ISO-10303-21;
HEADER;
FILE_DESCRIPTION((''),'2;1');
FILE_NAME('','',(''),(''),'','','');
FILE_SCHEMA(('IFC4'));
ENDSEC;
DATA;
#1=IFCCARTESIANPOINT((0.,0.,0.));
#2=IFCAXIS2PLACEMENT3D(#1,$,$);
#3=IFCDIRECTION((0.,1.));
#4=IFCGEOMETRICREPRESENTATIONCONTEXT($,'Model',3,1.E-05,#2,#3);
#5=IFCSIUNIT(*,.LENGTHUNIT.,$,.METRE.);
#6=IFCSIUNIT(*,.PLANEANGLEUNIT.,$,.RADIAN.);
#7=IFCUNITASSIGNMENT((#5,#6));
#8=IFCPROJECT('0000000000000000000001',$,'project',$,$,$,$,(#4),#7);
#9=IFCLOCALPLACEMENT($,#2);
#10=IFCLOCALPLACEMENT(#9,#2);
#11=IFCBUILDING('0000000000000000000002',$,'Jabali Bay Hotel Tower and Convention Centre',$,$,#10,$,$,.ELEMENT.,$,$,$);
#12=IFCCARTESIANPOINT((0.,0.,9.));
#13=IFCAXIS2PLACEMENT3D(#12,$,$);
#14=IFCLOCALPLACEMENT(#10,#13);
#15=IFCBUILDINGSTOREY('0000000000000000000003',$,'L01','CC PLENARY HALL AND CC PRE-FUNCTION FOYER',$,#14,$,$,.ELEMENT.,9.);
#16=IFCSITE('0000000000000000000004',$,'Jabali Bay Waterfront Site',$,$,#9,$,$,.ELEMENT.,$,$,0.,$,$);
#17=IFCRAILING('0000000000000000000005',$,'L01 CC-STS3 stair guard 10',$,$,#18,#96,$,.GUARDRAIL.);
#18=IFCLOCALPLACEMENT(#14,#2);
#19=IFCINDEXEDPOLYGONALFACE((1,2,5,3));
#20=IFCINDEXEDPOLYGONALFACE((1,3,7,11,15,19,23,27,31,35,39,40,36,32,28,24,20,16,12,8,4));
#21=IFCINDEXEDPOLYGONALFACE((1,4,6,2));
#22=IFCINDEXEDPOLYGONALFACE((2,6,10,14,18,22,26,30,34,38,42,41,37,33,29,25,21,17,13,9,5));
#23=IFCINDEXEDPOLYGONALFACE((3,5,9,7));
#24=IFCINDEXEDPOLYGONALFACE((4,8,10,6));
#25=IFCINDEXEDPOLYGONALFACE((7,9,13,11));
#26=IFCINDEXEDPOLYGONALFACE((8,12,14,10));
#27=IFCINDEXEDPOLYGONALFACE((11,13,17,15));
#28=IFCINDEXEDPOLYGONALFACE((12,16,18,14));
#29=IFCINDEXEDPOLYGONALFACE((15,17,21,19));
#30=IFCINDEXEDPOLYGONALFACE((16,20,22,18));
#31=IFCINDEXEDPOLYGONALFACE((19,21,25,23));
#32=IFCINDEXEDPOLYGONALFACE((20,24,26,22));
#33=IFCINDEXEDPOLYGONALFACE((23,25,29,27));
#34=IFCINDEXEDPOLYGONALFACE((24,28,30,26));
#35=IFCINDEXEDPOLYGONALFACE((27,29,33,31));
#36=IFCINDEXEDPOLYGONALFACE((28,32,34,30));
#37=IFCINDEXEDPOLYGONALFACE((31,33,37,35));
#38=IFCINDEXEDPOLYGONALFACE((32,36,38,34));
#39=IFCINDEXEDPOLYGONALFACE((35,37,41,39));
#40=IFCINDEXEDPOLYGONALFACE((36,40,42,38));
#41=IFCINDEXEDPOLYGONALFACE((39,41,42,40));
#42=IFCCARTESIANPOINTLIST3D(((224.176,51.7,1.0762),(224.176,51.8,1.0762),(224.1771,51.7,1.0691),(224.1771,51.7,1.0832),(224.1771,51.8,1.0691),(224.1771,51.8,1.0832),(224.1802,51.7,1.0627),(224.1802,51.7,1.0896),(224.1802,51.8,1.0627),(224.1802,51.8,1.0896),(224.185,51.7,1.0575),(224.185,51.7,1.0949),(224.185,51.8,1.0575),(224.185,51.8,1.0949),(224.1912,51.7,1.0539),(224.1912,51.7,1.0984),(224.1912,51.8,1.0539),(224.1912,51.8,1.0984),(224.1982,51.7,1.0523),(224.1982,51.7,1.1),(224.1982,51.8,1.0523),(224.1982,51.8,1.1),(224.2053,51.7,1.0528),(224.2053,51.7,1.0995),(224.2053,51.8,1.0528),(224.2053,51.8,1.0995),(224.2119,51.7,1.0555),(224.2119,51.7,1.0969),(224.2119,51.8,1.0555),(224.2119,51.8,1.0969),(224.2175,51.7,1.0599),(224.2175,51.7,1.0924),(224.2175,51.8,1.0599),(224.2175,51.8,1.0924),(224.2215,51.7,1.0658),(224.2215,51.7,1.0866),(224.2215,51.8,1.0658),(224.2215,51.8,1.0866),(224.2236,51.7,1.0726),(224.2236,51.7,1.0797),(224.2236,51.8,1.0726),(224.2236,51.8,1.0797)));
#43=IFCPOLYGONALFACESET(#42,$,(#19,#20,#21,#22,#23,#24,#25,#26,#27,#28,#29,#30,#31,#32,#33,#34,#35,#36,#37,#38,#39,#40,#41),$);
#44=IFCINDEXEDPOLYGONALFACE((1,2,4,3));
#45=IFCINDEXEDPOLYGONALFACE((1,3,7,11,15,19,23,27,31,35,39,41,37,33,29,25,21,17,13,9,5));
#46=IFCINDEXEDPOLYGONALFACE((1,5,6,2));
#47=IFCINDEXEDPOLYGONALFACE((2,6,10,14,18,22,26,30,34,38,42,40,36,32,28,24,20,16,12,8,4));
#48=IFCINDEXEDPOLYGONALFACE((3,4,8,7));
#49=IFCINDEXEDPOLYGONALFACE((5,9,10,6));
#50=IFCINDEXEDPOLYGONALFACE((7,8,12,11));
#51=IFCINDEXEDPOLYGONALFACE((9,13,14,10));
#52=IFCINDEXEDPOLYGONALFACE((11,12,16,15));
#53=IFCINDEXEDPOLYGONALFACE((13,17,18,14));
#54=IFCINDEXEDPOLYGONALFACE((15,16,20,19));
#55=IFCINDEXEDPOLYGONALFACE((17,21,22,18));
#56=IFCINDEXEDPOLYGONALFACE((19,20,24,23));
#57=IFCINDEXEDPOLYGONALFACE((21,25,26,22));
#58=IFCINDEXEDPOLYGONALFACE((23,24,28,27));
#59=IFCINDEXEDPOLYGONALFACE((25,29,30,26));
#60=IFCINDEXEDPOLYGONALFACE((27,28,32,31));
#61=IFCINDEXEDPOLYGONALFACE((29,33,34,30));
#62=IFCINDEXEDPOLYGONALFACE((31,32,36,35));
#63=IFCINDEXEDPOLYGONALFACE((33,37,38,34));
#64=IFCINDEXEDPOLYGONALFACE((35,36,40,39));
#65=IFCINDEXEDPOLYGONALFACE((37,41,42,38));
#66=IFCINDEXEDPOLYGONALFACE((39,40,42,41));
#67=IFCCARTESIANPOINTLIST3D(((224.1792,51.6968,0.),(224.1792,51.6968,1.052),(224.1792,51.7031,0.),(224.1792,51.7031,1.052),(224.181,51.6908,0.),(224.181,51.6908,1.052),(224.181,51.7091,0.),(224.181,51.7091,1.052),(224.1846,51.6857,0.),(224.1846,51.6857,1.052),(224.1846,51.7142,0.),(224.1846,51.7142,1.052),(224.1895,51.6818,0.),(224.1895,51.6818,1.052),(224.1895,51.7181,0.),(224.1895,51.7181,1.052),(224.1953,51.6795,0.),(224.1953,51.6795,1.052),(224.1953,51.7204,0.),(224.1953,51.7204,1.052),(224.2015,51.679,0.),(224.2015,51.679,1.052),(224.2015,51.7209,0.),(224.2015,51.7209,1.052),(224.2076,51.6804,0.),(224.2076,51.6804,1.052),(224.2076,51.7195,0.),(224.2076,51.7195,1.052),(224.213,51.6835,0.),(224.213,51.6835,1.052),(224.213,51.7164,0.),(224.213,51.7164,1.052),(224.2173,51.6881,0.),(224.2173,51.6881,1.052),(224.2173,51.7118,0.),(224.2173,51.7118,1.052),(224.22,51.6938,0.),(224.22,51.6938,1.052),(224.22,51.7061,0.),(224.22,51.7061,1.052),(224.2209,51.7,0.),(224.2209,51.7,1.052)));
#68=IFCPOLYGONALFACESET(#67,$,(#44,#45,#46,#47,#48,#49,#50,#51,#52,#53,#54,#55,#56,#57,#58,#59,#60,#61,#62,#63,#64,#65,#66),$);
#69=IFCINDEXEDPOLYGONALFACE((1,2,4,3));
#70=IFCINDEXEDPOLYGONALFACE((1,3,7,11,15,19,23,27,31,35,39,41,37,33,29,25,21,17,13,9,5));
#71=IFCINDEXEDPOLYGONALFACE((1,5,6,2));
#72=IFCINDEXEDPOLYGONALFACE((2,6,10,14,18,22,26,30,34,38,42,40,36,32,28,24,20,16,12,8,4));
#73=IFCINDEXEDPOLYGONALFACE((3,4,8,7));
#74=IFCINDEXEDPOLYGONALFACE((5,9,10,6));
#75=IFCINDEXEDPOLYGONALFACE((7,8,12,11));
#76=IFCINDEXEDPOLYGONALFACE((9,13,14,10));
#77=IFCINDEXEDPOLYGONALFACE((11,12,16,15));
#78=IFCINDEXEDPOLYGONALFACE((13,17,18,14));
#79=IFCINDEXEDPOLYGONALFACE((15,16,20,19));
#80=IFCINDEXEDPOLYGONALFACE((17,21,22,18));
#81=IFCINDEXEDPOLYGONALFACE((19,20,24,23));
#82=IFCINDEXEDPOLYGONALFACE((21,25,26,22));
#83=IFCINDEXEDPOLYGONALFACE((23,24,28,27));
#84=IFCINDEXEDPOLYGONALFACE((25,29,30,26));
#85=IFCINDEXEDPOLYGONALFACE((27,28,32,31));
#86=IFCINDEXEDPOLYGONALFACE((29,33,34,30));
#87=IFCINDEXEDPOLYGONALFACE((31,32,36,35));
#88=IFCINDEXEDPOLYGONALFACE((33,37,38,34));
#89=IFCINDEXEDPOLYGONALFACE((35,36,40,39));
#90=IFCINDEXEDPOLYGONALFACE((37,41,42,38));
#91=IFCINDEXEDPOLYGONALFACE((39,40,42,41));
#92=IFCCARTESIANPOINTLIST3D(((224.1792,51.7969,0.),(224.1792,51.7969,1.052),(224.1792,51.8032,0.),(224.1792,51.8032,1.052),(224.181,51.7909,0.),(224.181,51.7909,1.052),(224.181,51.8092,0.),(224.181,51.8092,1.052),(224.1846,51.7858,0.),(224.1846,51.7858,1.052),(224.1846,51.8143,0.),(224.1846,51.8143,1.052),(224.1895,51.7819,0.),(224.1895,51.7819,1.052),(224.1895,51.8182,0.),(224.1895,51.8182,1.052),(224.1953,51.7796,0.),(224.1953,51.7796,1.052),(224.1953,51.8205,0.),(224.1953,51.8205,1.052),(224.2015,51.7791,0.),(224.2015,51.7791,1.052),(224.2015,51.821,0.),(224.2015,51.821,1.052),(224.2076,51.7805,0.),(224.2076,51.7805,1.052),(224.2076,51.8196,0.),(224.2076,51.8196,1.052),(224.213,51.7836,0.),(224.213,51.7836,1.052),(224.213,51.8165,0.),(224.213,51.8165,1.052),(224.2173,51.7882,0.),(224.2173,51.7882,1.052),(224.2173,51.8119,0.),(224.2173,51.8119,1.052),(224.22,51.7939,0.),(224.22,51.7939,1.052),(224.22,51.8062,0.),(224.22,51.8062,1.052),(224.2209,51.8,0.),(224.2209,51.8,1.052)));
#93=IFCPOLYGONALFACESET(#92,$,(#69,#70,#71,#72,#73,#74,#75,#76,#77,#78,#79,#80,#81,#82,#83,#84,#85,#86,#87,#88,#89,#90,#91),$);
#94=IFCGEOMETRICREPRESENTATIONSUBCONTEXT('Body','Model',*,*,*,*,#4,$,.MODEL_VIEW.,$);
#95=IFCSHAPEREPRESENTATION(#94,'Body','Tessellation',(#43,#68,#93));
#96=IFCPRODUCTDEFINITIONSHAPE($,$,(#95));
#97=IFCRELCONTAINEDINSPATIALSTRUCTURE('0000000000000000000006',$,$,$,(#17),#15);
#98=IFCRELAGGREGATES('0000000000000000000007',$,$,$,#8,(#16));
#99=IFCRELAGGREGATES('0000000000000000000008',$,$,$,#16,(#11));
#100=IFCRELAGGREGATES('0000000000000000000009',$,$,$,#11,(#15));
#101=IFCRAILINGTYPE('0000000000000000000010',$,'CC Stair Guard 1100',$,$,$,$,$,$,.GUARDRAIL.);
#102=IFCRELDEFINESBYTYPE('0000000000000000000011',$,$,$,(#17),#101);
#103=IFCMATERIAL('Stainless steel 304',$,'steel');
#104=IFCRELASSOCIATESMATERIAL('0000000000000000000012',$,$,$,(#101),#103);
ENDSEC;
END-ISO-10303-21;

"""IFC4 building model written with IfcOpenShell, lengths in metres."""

from ifc_helpers import new_model, si_unit, direction, frame, origin, origin_2d, place, context, subcontext, project, spatial, circle, extrude, material, type_object, element, save


model = new_model("IFC4")

# Units and contexts
model_context = context("Model", 3, precision=1e-05, world=origin(), true_north=direction((0.0, 1.0)))
body_context = subcontext(model_context, "Body", "Model", "MODEL_VIEW")
ifc_project = project(units=[si_unit("LENGTHUNIT", "METRE"), si_unit("PLANEANGLEUNIT", "RADIAN")], contexts=[model_context])

# Site, building, storey
site_placement = place(None, origin())
site = spatial("IfcSite", under=ifc_project, at=site_placement, Name="Jabali Bay Waterfront Site", CompositionType="ELEMENT", RefElevation=0.0)
building_placement = place(site_placement, origin())
building = spatial("IfcBuilding", under=site, at=building_placement, Name="Jabali Bay Hotel Tower and Convention Centre", CompositionType="ELEMENT")
storey_placement = place(building_placement, frame((0.0, 0.0, 9.0)))
storey = spatial("IfcBuildingStorey", under=building, at=storey_placement, Name="L01", Description="CC PLENARY HALL AND CC PRE-FUNCTION FOYER", CompositionType="ELEMENT", Elevation=9.0)

# Railing
ifc_material_1 = material(Name="Stainless steel 304", Category="steel")
railing_type_1 = type_object("IfcRailingType", Name="CC Stair Guard 1100", PredefinedType="GUARDRAIL", material=ifc_material_1)
railing_1_placement = place(storey_placement, frame((224.2, 51.7, 0.0)))
element("IfcRailing", 1, at=railing_1_placement, inside=storey, type_object=railing_type_1, Name="L01 CC-STS3 stair guard 10", PredefinedType="GUARDRAIL", context=body_context, shape_type="SweptSolid", body=[
    extrude(circle(Radius=0.0239, at=origin_2d()), frame((0.0, 0.0, 1.0762), z_axis=(0.0, 1.0, 0.0), x_axis=(-1.0, 0.0, 0.0)), (0.0, 0.0, 1.0), 0.1001),
    extrude(circle(Radius=0.021, at=origin_2d()), origin(), (0.0, 0.0, 1.0), 1.052),
    extrude(circle(Radius=0.021, at=origin_2d()), frame((0.0, 0.1001, 0.0)), (0.0, 0.0, 1.0), 1.052),
])

save(model, "model.ifc")
